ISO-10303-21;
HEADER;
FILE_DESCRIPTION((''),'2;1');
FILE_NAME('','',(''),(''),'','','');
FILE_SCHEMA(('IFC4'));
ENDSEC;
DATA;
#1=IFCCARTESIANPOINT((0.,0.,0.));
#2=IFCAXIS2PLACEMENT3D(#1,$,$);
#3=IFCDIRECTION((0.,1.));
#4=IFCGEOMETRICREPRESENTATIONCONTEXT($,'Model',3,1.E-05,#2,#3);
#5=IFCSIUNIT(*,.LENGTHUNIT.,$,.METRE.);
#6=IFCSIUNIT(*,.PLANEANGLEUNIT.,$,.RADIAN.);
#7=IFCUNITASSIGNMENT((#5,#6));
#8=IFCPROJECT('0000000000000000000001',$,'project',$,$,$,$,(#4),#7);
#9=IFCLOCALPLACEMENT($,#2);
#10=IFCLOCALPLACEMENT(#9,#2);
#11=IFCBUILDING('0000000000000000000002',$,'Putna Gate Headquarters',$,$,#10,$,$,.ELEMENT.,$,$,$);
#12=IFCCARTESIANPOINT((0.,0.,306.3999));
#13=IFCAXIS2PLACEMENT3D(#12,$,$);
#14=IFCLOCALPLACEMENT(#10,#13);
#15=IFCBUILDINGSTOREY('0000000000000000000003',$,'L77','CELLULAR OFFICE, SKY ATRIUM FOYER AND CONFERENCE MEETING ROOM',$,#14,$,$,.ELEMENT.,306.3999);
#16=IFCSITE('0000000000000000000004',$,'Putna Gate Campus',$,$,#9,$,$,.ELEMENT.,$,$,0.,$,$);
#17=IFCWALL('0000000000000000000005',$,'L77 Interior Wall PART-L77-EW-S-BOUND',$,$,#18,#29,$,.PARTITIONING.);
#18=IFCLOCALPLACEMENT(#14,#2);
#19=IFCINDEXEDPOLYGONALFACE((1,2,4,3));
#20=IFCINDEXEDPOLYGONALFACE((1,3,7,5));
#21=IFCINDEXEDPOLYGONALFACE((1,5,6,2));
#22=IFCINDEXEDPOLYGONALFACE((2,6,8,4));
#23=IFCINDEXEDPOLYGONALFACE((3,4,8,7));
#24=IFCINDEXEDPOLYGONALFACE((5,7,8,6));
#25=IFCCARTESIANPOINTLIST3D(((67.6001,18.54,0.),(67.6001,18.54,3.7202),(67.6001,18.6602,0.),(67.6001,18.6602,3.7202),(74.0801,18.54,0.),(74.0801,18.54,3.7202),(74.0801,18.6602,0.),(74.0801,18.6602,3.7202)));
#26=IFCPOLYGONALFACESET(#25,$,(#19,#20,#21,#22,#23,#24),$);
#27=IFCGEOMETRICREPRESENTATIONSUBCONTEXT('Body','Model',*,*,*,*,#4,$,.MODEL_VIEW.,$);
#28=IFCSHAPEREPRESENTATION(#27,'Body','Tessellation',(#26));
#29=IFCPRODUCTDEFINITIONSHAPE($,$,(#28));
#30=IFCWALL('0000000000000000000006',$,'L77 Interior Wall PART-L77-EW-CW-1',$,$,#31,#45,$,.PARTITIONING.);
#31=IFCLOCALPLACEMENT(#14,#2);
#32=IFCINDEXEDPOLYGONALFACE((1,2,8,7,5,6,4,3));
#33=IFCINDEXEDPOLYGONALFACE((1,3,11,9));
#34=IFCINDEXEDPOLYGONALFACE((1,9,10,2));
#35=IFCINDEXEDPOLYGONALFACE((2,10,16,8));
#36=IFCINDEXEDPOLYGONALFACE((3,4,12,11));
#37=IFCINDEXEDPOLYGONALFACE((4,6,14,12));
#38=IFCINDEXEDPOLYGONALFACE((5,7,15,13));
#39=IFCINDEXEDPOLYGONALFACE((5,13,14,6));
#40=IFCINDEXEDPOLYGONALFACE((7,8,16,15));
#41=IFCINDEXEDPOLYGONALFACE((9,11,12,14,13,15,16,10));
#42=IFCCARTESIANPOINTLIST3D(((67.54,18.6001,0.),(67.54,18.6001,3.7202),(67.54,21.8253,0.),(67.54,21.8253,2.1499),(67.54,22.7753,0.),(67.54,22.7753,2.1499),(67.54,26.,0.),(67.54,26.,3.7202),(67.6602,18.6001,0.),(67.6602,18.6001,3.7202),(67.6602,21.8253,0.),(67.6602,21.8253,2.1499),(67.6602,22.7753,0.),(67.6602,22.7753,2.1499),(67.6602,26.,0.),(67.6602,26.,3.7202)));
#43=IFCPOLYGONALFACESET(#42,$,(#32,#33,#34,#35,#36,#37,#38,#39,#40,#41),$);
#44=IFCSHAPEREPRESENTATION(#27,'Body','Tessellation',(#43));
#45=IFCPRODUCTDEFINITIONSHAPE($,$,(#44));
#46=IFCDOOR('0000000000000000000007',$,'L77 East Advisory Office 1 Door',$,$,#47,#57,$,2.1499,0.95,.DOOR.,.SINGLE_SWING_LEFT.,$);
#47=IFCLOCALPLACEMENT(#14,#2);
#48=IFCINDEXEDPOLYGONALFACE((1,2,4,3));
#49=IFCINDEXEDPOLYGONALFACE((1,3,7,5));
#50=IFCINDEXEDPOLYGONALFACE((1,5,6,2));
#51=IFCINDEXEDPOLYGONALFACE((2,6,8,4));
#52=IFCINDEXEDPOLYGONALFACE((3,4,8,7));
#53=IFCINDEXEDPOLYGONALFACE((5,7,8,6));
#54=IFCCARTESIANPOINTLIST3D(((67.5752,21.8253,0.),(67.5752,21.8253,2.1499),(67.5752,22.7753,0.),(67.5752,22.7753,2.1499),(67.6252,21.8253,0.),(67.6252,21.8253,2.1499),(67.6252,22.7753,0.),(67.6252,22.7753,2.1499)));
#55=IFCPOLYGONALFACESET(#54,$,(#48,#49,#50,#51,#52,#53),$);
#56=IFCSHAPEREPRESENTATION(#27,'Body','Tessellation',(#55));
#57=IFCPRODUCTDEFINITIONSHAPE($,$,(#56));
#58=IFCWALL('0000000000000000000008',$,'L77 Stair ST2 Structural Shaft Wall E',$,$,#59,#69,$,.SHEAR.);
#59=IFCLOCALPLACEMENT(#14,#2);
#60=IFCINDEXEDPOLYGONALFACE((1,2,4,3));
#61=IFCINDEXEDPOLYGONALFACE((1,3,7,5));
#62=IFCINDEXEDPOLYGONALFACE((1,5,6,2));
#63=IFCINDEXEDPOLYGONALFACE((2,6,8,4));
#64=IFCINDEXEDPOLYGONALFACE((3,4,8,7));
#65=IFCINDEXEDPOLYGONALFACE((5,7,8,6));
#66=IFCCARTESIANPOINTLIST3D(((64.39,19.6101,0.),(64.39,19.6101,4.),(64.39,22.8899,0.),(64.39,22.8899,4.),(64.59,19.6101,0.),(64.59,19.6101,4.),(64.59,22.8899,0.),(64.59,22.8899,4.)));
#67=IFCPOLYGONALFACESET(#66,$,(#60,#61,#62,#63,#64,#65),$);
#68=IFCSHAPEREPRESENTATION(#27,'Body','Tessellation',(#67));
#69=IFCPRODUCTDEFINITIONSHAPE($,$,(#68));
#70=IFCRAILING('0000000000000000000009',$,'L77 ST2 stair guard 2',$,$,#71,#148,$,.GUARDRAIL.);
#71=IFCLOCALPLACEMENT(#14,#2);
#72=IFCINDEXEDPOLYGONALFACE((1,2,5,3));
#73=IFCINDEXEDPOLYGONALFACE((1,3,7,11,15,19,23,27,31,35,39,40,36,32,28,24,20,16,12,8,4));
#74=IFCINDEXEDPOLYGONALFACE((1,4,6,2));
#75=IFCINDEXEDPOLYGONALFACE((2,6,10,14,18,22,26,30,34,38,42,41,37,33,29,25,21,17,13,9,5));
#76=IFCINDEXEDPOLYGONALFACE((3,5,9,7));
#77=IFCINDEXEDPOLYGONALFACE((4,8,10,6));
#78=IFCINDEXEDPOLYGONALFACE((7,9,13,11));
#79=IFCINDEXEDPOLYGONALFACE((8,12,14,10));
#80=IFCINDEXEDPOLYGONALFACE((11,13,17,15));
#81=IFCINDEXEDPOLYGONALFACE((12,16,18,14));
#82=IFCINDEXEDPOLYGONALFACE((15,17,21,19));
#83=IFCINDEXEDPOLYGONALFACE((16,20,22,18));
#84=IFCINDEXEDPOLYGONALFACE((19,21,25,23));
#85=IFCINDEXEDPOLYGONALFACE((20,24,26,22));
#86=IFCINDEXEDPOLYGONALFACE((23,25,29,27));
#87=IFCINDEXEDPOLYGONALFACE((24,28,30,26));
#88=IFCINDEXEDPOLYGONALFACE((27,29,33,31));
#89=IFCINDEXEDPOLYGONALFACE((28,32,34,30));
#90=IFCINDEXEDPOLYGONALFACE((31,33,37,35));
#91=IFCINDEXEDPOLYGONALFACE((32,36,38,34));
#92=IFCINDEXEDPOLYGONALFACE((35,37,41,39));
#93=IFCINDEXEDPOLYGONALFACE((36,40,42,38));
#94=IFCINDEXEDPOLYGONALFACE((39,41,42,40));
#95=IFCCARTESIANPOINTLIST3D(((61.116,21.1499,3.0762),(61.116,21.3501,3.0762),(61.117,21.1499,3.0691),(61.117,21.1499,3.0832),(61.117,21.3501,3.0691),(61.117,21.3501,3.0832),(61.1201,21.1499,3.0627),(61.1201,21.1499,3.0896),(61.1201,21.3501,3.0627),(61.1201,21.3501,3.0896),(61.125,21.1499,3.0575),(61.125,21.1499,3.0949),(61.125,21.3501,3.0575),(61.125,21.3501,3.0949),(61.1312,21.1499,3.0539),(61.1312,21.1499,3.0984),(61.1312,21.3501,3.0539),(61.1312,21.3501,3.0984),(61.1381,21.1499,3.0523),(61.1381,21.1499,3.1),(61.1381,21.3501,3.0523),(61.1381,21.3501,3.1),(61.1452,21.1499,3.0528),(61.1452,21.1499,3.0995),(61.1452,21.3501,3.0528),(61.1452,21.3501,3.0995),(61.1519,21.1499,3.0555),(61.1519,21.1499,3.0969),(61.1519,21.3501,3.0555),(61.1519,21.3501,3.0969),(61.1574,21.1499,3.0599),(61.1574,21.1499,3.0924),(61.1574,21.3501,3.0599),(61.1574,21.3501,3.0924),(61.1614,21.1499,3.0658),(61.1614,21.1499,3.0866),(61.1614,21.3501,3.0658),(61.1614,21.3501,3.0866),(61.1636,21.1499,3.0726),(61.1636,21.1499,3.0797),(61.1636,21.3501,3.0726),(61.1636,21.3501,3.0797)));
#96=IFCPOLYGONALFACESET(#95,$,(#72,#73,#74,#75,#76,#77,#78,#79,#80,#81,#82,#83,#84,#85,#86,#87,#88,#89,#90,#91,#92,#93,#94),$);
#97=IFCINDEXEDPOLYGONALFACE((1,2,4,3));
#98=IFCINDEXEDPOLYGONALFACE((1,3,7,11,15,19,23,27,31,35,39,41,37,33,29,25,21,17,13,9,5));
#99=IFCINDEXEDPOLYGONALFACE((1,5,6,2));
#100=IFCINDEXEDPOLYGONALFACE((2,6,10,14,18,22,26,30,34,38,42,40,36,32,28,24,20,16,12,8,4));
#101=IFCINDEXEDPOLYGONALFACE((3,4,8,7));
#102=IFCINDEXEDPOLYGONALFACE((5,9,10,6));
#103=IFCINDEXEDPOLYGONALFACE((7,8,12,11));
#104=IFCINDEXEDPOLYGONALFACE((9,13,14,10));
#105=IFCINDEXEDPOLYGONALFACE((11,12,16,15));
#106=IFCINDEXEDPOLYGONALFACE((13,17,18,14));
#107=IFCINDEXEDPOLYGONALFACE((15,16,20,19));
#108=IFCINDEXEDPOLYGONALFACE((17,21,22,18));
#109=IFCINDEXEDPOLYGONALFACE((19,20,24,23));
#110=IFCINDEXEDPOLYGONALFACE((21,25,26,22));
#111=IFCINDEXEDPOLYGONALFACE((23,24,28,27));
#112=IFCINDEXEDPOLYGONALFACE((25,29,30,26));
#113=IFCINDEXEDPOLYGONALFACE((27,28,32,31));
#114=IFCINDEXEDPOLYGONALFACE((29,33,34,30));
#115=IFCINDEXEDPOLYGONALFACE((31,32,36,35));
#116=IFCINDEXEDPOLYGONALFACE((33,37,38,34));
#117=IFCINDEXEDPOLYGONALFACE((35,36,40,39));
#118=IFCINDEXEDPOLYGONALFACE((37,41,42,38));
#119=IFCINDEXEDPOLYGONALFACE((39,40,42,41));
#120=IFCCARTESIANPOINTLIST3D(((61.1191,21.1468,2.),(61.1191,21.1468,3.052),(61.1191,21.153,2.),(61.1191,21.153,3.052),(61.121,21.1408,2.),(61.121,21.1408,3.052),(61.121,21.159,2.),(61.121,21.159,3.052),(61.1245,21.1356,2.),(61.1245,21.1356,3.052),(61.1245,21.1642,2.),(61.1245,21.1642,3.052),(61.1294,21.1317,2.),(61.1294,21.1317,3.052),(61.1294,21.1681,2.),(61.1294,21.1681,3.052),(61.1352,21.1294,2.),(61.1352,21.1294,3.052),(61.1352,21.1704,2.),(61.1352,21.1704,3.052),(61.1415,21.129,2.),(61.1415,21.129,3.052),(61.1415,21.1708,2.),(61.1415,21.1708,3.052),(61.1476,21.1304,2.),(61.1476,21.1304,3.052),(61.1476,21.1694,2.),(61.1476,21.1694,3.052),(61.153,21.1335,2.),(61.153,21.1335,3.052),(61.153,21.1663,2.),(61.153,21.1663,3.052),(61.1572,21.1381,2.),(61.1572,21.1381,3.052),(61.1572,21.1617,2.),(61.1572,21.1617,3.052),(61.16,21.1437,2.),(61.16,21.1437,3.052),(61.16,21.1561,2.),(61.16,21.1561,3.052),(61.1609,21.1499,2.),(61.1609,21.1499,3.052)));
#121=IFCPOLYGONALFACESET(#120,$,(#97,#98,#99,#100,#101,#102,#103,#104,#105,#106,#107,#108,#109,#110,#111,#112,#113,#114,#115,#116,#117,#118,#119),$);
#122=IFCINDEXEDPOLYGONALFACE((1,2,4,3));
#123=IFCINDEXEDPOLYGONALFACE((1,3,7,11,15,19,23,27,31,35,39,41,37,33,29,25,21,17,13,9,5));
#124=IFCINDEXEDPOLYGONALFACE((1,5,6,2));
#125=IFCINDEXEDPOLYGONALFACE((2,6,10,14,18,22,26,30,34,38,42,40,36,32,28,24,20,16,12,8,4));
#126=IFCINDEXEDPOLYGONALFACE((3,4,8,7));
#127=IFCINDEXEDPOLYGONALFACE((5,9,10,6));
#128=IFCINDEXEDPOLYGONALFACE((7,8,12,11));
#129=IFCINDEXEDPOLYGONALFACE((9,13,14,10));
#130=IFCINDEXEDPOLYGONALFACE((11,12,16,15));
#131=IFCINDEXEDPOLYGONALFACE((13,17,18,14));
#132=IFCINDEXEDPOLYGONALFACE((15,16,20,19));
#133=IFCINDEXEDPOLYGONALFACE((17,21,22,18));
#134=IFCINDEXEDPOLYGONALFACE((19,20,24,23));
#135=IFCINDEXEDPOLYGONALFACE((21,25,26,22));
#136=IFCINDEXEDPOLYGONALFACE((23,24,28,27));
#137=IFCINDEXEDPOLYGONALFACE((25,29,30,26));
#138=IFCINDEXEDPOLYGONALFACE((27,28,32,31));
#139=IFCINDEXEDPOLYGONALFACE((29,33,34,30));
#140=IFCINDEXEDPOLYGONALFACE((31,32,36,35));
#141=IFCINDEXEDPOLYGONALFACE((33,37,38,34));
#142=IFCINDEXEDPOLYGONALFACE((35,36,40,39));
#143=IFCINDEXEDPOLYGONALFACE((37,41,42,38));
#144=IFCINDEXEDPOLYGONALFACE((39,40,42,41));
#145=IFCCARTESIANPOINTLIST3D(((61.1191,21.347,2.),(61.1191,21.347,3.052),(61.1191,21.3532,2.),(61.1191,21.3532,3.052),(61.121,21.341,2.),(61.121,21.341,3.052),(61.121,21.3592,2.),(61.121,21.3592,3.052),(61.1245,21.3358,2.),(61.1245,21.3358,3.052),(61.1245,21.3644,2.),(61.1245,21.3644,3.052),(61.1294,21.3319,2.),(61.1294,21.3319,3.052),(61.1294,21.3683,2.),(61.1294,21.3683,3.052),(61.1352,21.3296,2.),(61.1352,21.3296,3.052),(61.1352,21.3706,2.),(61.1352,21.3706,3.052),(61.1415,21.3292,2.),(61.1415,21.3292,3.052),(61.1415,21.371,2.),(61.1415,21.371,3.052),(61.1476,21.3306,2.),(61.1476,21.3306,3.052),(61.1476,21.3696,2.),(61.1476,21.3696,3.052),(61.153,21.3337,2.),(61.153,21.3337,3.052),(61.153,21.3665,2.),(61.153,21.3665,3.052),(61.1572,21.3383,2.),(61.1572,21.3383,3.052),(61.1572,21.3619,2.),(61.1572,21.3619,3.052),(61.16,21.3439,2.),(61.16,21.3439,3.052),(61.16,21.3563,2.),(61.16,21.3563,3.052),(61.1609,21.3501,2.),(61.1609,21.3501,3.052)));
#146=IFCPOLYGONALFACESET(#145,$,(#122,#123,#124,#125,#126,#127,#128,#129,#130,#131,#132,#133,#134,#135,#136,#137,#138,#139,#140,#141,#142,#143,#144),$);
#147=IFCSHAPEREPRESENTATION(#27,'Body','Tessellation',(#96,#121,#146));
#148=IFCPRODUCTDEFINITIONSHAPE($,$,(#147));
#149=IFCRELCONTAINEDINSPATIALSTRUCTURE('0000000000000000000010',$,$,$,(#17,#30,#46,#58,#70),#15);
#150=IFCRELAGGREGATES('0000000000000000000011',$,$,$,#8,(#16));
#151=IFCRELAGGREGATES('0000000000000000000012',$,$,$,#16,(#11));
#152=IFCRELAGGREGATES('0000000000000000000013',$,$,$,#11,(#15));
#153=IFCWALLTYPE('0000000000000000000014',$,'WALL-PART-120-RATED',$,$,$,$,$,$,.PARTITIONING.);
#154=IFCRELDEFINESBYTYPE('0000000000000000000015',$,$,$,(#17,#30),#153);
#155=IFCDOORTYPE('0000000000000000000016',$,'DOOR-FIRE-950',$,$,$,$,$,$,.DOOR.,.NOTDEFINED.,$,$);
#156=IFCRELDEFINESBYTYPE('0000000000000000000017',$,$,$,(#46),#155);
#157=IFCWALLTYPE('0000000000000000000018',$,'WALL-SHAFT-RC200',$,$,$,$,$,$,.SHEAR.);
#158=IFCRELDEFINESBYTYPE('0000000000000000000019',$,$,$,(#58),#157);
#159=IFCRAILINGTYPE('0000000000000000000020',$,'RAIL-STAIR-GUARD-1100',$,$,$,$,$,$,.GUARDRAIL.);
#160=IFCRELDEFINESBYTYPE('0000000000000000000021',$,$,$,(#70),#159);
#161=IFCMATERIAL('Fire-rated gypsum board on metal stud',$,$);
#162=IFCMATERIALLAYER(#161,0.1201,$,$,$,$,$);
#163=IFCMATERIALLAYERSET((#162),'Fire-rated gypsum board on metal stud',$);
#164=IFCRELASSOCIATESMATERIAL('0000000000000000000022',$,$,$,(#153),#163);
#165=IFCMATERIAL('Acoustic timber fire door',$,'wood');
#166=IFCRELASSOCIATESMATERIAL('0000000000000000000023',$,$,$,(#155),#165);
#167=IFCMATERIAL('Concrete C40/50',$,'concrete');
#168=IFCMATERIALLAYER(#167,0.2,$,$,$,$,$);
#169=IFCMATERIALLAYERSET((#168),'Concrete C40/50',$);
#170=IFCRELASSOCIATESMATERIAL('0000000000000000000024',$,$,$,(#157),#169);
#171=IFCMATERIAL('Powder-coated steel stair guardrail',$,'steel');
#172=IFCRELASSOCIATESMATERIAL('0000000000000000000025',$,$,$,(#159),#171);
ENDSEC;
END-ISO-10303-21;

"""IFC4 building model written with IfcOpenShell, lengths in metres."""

from ifc_helpers import new_model, si_unit, direction, frame, frame_2d, origin, origin_2d, place, context, subcontext, project, spatial, rectangle, circle, extrude, material, layer, layer_set, type_object, element, fill, save


model = new_model("IFC4")

# Units and contexts
model_context = context("Model", 3, precision=1e-05, world=origin(), true_north=direction((0.0, 1.0)))
body_context = subcontext(model_context, "Body", "Model", "MODEL_VIEW")
ifc_project = project(units=[si_unit("LENGTHUNIT", "METRE"), si_unit("PLANEANGLEUNIT", "RADIAN")], contexts=[model_context])

# Site, building, storey
site_placement = place(None, origin())
site = spatial("IfcSite", under=ifc_project, at=site_placement, Name="Putna Gate Campus", CompositionType="ELEMENT", RefElevation=0.0)
building_placement = place(site_placement, origin())
building = spatial("IfcBuilding", under=site, at=building_placement, Name="Putna Gate Headquarters", CompositionType="ELEMENT")
storey_placement = place(building_placement, frame((0.0, 0.0, 306.3999)))
storey = spatial("IfcBuildingStorey", under=building, at=storey_placement, Name="L77", Description="CELLULAR OFFICE, SKY ATRIUM FOYER AND CONFERENCE MEETING ROOM", CompositionType="ELEMENT", Elevation=306.3999)

# Shared definitions
ifc_material_1 = material(Name="Fire-rated gypsum board on metal stud")
ifc_layer_1 = layer(ifc_material_1, 0.1201)
ifc_layer_set_1 = layer_set([ifc_layer_1], Name="Fire-rated gypsum board on metal stud")
wall_type_1 = type_object("IfcWallType", Name="WALL-PART-120-RATED", PredefinedType="PARTITIONING", material=ifc_layer_set_1)

# Shared definitions
ifc_material_2 = material(Name="Acoustic timber fire door", Category="wood")
door_type_1 = type_object("IfcDoorType", Name="DOOR-FIRE-950", OperationType="NOTDEFINED", PredefinedType="DOOR", material=ifc_material_2)

# Wall
wall_1_placement = place(storey_placement, frame((67.6001, 18.6001, 0.0), z_axis=(0.0, 0.0, 1.0), x_axis=(1.0, 0.0, 0.0)))
element("IfcWall", 1, at=wall_1_placement, inside=storey, type_object=wall_type_1, Name="L77 Interior Wall PART-L77-EW-S-BOUND", PredefinedType="PARTITIONING", context=body_context, shape_type="SweptSolid", body=[
    extrude(rectangle(XDim=6.48, YDim=0.1201, at=frame_2d((3.24, 0.0))), origin(), (0.0, 0.0, 1.0), 3.7202),
])

# Wall, opening, door
wall_2_placement = place(storey_placement, frame((67.6001, 18.6001, 0.0), z_axis=(0.0, 0.0, 1.0), x_axis=(0.0, 1.0, 0.0)))
wall_2 = element("IfcWall", 2, at=wall_2_placement, inside=storey, type_object=wall_type_1, Name="L77 Interior Wall PART-L77-EW-CW-1", PredefinedType="PARTITIONING", context=body_context, shape_type="SweptSolid", body=[
    extrude(rectangle(XDim=7.3999, YDim=0.1201, at=frame_2d((3.7, 0.0))), origin(), (0.0, 0.0, 1.0), 3.7202),
])
opening_1_placement = place(wall_2_placement, frame((3.2251, 0.0, 0.0)))
opening_1 = element("IfcOpeningElement", 3, at=opening_1_placement, cuts=wall_2, PredefinedType="OPENING", context=body_context, shape_type="SweptSolid", body=[
    extrude(rectangle(XDim=0.95, YDim=2.1499, at=frame_2d((0.4751, 1.075))), frame((0.0, 0.0701, 0.0), z_axis=(0.0, -1.0, 0.0), x_axis=(1.0, 0.0, 0.0)), (0.0, 0.0, 1.0), 0.1401),
])
door_1_placement = place(opening_1_placement, origin())
door_1 = element("IfcDoor", 4, at=door_1_placement, inside=storey, type_object=door_type_1, Name="L77 East Advisory Office 1 Door", OperationType="SINGLE_SWING_LEFT", OverallHeight=2.1499, OverallWidth=0.95, PredefinedType="DOOR", context=body_context, shape_type="SweptSolid", body=[
    extrude(rectangle(XDim=0.95, YDim=2.1499, at=frame_2d((0.4751, 1.075))), frame((0.0, 0.0249, 0.0), z_axis=(0.0, -1.0, 0.0), x_axis=(1.0, 0.0, 0.0)), (0.0, 0.0, 1.0), 0.05),
])
fill(opening_1, door_1)

# Wall
ifc_material_3 = material(Name="Concrete C40/50", Category="concrete")
ifc_layer_2 = layer(ifc_material_3, 0.2)
ifc_layer_set_2 = layer_set([ifc_layer_2], Name="Concrete C40/50")
wall_type_2 = type_object("IfcWallType", Name="WALL-SHAFT-RC200", PredefinedType="SHEAR", material=ifc_layer_set_2)
wall_3_placement = place(storey_placement, frame((64.49, 19.6101, 0.0), z_axis=(0.0, 0.0, 1.0), x_axis=(0.0, 1.0, 0.0)))
element("IfcWall", 5, at=wall_3_placement, inside=storey, type_object=wall_type_2, Name="L77 Stair ST2 Structural Shaft Wall E", PredefinedType="SHEAR", context=body_context, shape_type="SweptSolid", body=[
    extrude(rectangle(XDim=3.2798, YDim=0.2, at=frame_2d((1.6399, 0.0))), origin(), (0.0, 0.0, 1.0), 4.0),
])

# Railing
ifc_material_4 = material(Name="Powder-coated steel stair guardrail", Category="steel")
railing_type = type_object("IfcRailingType", Name="RAIL-STAIR-GUARD-1100", PredefinedType="GUARDRAIL", material=ifc_material_4)
railing_1_placement = place(storey_placement, frame((61.1399, 21.1499, 2.0)))
element("IfcRailing", 6, at=railing_1_placement, inside=storey, type_object=railing_type, Name="L77 ST2 stair guard 2", PredefinedType="GUARDRAIL", context=body_context, shape_type="SweptSolid", body=[
    extrude(circle(Radius=0.0239, at=origin_2d()), frame((0.0, 0.0, 1.0762), z_axis=(0.0, 1.0, 0.0), x_axis=(-1.0, 0.0, 0.0)), (0.0, 0.0, 1.0), 0.2002),
    extrude(circle(Radius=0.021, at=origin_2d()), origin(), (0.0, 0.0, 1.0), 1.052),
    extrude(circle(Radius=0.021, at=origin_2d()), frame((0.0, 0.2002, 0.0)), (0.0, 0.0, 1.0), 1.052),
])

save(model, "model.ifc")
